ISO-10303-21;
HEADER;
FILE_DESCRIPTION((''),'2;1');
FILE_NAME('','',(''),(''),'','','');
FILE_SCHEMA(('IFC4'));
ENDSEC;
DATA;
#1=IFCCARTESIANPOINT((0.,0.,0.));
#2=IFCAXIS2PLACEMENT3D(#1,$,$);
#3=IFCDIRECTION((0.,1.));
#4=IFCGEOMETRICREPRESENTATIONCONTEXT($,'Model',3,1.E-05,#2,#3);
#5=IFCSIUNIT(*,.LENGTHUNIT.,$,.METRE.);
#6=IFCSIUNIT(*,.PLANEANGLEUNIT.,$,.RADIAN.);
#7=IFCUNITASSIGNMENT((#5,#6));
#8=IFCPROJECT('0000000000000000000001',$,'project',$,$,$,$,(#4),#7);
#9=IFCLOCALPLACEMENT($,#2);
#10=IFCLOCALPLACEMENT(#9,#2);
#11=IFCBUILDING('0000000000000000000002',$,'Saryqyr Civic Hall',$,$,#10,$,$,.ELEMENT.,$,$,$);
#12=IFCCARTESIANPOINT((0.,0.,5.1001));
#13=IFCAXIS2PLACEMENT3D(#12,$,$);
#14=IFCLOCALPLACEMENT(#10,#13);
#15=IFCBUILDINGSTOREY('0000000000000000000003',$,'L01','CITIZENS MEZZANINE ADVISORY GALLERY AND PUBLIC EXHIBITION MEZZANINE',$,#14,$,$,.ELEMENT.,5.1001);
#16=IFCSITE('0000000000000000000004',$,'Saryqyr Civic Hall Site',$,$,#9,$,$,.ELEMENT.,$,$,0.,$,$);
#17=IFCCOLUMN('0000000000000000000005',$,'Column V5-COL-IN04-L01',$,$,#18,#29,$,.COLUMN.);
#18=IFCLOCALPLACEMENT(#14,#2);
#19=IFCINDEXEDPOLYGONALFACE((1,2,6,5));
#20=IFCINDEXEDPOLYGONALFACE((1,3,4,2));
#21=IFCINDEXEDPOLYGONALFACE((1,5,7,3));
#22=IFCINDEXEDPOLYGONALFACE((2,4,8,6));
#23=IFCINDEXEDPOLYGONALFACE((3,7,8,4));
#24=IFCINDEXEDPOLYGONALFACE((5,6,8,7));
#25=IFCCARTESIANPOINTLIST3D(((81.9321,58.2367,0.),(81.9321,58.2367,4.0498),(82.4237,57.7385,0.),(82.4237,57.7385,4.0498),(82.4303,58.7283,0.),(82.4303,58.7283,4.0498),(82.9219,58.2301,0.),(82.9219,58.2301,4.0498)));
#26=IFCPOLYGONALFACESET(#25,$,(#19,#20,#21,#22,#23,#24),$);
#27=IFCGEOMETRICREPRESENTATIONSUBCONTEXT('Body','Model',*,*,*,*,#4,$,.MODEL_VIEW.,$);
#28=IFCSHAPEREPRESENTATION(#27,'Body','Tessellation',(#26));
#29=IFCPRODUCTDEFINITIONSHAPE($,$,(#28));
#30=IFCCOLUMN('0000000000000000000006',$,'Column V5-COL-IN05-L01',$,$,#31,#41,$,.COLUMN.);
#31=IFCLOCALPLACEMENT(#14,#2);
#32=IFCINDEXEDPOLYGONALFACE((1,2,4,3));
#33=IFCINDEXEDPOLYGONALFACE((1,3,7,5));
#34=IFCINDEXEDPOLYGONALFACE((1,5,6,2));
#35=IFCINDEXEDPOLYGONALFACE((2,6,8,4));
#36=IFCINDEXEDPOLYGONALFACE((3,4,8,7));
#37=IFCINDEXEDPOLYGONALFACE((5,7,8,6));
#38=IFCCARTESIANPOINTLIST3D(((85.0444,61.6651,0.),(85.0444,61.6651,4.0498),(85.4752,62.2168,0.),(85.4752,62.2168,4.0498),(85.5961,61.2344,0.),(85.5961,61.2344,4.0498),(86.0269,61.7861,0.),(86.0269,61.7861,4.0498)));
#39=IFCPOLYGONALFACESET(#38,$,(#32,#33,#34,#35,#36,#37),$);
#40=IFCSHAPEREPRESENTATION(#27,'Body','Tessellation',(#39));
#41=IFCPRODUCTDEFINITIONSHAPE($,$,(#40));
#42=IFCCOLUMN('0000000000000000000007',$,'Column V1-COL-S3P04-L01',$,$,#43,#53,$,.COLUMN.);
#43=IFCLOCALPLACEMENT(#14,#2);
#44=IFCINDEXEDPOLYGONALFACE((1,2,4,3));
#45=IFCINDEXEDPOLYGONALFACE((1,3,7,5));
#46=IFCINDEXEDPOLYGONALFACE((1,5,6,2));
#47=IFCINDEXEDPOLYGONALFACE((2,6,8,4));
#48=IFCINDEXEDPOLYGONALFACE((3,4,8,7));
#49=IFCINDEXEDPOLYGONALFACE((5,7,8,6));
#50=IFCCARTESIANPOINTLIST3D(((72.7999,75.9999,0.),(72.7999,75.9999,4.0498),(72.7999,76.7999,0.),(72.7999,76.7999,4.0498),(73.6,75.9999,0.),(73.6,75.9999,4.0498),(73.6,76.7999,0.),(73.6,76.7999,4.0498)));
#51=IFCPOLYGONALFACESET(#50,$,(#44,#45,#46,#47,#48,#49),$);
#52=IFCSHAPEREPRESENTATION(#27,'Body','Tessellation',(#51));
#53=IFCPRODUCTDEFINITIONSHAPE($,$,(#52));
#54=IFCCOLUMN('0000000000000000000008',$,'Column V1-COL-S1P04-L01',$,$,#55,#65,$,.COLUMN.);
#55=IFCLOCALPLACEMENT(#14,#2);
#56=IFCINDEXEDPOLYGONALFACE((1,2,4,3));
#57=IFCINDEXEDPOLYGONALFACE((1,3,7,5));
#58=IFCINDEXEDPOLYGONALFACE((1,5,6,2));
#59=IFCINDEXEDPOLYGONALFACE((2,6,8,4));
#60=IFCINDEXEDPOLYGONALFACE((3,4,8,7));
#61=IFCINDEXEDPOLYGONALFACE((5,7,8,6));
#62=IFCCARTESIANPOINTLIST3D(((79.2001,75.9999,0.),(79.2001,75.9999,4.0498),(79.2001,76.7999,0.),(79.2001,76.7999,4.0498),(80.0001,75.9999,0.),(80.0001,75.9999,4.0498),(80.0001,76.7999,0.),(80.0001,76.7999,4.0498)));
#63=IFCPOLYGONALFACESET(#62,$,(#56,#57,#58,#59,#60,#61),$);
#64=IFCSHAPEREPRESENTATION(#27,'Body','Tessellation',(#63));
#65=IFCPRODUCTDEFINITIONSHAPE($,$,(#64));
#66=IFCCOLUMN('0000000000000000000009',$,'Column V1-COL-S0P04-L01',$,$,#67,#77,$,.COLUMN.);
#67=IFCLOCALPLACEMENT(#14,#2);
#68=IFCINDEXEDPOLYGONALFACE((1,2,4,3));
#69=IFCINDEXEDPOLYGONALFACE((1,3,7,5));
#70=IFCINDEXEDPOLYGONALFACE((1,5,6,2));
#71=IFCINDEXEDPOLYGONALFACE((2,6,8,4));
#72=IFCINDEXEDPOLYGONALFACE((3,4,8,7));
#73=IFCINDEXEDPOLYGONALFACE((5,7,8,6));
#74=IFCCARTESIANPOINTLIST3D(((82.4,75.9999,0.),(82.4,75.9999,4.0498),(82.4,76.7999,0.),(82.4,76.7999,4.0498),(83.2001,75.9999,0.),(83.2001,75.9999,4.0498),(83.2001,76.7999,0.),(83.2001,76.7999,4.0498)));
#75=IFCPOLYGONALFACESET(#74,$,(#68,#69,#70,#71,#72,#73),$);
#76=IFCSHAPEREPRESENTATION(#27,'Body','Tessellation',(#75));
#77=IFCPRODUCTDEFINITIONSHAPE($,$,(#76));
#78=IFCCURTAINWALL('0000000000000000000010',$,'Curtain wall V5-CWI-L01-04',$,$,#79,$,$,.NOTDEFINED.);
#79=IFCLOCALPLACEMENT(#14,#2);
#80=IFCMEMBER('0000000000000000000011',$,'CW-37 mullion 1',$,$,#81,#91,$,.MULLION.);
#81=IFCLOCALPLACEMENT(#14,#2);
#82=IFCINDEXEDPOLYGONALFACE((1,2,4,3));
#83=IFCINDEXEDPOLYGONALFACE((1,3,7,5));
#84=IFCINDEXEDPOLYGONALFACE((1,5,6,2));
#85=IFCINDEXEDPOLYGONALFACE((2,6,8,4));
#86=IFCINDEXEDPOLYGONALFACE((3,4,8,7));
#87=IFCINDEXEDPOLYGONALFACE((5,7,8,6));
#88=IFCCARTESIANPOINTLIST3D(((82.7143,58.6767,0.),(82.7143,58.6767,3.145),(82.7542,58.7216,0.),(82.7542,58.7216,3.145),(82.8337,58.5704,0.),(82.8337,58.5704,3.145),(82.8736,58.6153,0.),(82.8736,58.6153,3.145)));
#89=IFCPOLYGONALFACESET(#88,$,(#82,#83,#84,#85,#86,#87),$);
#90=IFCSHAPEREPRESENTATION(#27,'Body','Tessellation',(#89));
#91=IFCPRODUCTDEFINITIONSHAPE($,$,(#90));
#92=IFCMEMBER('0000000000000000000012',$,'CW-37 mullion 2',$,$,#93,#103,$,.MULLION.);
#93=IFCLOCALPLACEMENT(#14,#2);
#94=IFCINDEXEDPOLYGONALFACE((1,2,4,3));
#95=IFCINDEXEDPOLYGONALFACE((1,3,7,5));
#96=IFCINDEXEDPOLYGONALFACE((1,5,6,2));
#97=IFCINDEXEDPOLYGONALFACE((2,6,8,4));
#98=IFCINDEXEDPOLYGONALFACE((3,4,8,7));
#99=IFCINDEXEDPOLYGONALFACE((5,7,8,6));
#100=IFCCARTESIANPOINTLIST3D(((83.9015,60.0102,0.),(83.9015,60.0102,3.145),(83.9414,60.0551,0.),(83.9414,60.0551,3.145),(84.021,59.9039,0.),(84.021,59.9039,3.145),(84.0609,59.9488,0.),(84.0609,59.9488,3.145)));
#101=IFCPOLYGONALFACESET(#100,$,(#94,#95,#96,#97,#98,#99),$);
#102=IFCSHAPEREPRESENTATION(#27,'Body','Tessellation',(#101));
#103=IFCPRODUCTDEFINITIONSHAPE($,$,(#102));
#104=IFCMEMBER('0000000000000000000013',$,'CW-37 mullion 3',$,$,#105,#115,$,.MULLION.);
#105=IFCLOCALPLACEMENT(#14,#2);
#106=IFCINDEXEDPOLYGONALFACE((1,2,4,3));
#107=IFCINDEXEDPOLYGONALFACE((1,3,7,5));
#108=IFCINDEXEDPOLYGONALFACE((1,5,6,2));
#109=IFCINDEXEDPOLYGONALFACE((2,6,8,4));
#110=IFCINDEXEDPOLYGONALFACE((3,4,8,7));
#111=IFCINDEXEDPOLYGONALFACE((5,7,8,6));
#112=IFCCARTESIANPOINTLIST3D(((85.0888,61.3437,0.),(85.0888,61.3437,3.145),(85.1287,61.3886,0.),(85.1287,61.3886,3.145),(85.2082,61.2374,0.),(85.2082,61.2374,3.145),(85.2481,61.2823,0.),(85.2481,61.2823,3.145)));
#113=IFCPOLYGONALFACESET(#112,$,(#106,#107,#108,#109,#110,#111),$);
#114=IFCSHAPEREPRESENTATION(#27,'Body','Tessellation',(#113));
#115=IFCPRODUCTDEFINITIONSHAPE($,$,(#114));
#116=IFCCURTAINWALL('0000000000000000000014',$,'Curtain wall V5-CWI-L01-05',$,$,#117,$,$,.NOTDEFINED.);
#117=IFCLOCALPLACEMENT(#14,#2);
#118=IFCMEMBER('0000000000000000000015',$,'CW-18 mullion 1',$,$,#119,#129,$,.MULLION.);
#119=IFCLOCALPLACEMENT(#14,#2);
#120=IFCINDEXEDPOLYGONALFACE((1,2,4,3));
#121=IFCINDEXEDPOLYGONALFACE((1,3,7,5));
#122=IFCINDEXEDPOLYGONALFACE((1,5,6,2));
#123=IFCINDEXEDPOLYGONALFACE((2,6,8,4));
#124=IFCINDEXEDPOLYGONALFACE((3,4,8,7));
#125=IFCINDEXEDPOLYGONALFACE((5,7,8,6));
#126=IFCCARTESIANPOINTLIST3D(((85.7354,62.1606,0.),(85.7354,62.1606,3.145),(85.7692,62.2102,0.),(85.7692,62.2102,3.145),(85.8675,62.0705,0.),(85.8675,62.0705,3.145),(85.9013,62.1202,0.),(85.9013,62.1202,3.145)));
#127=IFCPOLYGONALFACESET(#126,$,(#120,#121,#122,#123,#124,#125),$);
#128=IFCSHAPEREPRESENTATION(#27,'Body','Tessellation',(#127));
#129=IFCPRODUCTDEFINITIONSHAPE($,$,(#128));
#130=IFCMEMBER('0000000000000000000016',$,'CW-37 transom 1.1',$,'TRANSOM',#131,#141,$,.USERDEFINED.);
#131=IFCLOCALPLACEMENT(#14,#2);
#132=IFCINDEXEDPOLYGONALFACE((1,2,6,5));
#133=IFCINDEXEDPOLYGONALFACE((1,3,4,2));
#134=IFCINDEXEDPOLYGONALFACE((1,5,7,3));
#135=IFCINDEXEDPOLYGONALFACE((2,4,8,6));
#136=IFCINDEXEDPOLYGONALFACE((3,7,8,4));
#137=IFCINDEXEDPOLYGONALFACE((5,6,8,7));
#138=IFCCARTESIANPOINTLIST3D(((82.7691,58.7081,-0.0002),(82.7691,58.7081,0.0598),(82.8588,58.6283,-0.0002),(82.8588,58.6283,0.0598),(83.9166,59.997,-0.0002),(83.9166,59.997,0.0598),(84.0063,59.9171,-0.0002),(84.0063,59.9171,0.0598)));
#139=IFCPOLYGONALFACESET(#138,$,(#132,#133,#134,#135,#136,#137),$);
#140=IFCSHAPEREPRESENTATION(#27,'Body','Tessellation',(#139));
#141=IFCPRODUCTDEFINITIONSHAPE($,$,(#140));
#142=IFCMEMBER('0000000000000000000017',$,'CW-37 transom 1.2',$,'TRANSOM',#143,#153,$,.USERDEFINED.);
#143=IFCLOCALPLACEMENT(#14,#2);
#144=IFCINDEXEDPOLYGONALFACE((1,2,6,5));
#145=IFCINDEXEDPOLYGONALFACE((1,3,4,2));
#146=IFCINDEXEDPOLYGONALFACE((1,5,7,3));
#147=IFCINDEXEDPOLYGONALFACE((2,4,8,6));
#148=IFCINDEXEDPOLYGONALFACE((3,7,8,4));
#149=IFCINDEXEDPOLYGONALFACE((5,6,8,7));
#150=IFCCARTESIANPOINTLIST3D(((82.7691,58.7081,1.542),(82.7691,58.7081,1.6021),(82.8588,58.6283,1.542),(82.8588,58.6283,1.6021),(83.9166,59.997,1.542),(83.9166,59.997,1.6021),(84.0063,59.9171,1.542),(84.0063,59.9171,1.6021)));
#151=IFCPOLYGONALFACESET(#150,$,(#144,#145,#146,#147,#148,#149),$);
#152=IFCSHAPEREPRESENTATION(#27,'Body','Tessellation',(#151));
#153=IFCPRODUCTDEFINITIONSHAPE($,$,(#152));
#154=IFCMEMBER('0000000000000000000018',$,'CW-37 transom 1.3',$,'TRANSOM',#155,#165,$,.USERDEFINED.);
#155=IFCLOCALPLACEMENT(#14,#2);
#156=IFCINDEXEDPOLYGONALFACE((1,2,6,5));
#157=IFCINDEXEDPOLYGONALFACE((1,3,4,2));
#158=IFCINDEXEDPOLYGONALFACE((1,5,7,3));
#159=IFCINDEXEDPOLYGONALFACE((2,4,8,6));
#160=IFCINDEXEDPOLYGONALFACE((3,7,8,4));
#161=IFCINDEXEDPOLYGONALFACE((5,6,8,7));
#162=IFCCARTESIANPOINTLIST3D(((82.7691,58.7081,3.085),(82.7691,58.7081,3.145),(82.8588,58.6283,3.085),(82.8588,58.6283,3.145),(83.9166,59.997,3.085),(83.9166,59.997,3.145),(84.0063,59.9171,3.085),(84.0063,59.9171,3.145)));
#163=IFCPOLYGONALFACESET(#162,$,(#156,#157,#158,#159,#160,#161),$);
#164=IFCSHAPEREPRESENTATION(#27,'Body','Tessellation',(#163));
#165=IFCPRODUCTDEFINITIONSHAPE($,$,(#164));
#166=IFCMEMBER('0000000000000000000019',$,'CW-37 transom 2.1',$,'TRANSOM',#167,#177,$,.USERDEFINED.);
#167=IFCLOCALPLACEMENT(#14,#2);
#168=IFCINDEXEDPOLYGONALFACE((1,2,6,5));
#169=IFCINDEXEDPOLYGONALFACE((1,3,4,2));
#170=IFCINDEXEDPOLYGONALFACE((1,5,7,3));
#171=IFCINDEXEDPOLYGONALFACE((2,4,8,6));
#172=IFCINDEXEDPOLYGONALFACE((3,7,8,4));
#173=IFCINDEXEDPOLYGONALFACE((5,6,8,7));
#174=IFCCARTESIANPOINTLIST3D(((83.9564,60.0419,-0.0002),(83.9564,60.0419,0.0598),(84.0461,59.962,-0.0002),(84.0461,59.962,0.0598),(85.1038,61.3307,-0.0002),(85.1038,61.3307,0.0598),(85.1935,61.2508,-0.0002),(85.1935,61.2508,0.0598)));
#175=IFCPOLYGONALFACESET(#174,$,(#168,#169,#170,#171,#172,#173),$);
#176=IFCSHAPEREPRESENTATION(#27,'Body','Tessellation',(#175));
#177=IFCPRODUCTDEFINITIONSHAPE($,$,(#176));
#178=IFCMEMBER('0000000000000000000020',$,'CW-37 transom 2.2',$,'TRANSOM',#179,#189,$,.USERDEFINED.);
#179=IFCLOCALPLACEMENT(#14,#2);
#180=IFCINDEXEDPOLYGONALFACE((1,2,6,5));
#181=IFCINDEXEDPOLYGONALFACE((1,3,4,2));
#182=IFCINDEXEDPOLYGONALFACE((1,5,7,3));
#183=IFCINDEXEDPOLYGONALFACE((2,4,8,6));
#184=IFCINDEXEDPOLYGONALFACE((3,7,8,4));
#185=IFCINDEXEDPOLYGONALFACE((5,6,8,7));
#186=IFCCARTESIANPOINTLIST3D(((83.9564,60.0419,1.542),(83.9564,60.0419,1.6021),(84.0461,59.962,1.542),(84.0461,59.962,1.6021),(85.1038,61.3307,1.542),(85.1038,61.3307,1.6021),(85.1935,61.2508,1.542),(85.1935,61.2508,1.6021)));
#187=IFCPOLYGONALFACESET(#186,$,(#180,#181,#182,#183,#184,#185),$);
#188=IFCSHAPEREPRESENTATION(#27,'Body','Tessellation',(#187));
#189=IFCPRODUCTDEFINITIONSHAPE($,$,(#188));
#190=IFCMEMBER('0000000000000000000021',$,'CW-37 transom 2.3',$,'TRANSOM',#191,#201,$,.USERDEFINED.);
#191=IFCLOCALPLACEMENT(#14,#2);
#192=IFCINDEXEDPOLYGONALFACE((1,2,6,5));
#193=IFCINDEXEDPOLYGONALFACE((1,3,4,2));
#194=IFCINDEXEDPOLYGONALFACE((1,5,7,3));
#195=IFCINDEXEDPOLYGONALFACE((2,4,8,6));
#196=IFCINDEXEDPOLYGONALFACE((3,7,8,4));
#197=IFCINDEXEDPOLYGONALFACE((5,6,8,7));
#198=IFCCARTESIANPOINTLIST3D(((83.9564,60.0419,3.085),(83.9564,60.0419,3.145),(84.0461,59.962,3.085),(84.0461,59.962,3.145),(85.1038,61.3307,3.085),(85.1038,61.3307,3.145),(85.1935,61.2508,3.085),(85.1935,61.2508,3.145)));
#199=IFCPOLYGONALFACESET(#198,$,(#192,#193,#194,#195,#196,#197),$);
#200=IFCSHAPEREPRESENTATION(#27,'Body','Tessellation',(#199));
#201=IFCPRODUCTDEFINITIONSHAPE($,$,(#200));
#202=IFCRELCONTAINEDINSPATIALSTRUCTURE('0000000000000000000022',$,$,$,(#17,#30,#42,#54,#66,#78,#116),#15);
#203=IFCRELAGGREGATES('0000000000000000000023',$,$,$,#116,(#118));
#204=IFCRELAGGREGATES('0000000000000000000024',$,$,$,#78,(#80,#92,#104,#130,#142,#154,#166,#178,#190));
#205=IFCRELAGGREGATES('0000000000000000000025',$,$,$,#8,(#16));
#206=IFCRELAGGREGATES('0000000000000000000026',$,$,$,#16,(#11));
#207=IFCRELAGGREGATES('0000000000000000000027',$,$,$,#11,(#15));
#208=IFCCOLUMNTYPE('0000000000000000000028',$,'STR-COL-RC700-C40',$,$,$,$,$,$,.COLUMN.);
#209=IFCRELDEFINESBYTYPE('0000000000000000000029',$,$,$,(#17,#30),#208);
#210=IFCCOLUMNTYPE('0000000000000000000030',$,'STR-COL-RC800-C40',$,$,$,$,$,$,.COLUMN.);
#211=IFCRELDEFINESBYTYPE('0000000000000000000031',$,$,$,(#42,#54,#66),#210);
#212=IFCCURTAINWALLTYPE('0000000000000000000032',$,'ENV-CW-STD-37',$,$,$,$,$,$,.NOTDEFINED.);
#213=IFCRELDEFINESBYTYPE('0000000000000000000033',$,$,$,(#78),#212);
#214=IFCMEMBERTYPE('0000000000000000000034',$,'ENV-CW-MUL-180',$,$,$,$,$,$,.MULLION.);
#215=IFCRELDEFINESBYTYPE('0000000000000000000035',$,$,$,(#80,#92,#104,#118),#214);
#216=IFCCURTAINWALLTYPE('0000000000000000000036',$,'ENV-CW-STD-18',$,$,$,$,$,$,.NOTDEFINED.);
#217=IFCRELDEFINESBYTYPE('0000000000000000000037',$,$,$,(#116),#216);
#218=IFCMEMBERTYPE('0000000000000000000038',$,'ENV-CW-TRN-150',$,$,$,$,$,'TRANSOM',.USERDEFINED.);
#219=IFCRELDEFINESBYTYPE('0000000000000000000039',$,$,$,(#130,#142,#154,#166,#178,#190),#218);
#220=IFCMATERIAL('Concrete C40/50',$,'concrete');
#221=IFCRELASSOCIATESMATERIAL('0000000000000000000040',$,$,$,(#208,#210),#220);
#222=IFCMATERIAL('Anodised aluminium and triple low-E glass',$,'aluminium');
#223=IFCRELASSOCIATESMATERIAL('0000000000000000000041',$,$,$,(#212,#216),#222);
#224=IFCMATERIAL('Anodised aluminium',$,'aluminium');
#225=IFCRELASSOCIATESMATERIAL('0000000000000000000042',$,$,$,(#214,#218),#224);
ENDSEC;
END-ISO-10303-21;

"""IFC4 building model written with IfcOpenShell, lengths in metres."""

from ifc_helpers import new_model, si_unit, direction, frame, origin, origin_2d, place, context, subcontext, project, spatial, rectangle, extrude, material, material_profile, profile_set, type_object, element, aggregate, save


model = new_model("IFC4")

# Units and contexts
model_context = context("Model", 3, precision=1e-05, world=origin(), true_north=direction((0.0, 1.0)))
body_context = subcontext(model_context, "Body", "Model", "MODEL_VIEW")
ifc_project = project(units=[si_unit("LENGTHUNIT", "METRE"), si_unit("PLANEANGLEUNIT", "RADIAN")], contexts=[model_context])

# Site, building, storey
site_placement = place(None, origin())
site = spatial("IfcSite", under=ifc_project, at=site_placement, Name="Saryqyr Civic Hall Site", CompositionType="ELEMENT", RefElevation=0.0)
building_placement = place(site_placement, origin())
building = spatial("IfcBuilding", under=site, at=building_placement, Name="Saryqyr Civic Hall", CompositionType="ELEMENT")
storey_placement = place(building_placement, frame((0.0, 0.0, 5.1001)))
storey = spatial("IfcBuildingStorey", under=building, at=storey_placement, Name="L01", Description="CITIZENS MEZZANINE ADVISORY GALLERY AND PUBLIC EXHIBITION MEZZANINE", CompositionType="ELEMENT", Elevation=5.1001)

# Columns
ifc_material_1 = material(Name="Concrete C40/50", Category="concrete")
ifc_material_profile_1 = material_profile(ifc_material_1, rectangle(XDim=0.7, YDim=0.7, at=origin_2d()), Name="RC 700x700")
ifc_profile_set_1 = profile_set([ifc_material_profile_1], Name="Concrete C40/50")
column_type_1 = type_object("IfcColumnType", Name="STR-COL-RC700-C40", PredefinedType="COLUMN", material=ifc_profile_set_1)
for number, where, z_axis, x_axis, name in (
    (1, (82.427, 58.2334, 0.0), (0.0, 0.0, 1.0), (0.702402, -0.711781, 0.0), "Column V5-COL-IN04-L01"),
    (2, (85.5356, 61.7256, 0.0), (0.0, 0.0, 1.0), (0.788226, -0.615386, 0.0), "Column V5-COL-IN05-L01"),
):
    element("IfcColumn", number, at=place(storey_placement, frame(where, z_axis=z_axis, x_axis=x_axis)), inside=storey, type_object=column_type_1, Name=name, PredefinedType="COLUMN", context=body_context, shape_type="SweptSolid", body=[
        extrude(rectangle(XDim=0.7, YDim=0.7, at=origin_2d()), origin(), (0.0, 0.0, 1.0), 4.0498),
    ])
ifc_material_profile_2 = material_profile(ifc_material_1, rectangle(XDim=0.8, YDim=0.8, at=origin_2d()), Name="RC 800x800")
ifc_profile_set_2 = profile_set([ifc_material_profile_2], Name="Concrete C40/50")
column_type_2 = type_object("IfcColumnType", Name="STR-COL-RC800-C40", PredefinedType="COLUMN", material=ifc_profile_set_2)
for number, where, z_axis, x_axis, name in (
    (3, (73.2, 76.3999, 0.0), (0.0, 0.0, 1.0), (1.0, 0.0, 0.0), "Column V1-COL-S3P04-L01"),
    (4, (79.6001, 76.3999, 0.0), (0.0, 0.0, 1.0), (1.0, 0.0, 0.0), "Column V1-COL-S1P04-L01"),
    (5, (82.8, 76.3999, 0.0), (0.0, 0.0, 1.0), (1.0, 0.0, 0.0), "Column V1-COL-S0P04-L01"),
):
    element("IfcColumn", number, at=place(storey_placement, frame(where, z_axis=z_axis, x_axis=x_axis)), inside=storey, type_object=column_type_2, Name=name, PredefinedType="COLUMN", context=body_context, shape_type="SweptSolid", body=[
        extrude(rectangle(XDim=0.8, YDim=0.8, at=origin_2d()), origin(), (0.0, 0.0, 1.0), 4.0498),
    ])

# Curtain wall, members
ifc_material_2 = material(Name="Anodised aluminium and triple low-E glass", Category="aluminium")
curtain_wall_type_1 = type_object("IfcCurtainWallType", Name="ENV-CW-STD-37", PredefinedType="NOTDEFINED", material=ifc_material_2)
curtain_wall_1_placement = place(storey_placement, origin())
curtain_wall_1 = element("IfcCurtainWall", 6, at=curtain_wall_1_placement, inside=storey, type_object=curtain_wall_type_1, Name="Curtain wall V5-CWI-L01-04", PredefinedType="NOTDEFINED")
ifc_material_3 = material(Name="Anodised aluminium", Category="aluminium")
ifc_material_profile_3 = material_profile(ifc_material_3, rectangle(XDim=0.0601, YDim=0.1599, at=origin_2d()), Name="ALU MULLION 60x160")
ifc_profile_set_3 = profile_set([ifc_material_profile_3], Name="Anodised aluminium")
member_type_1 = type_object("IfcMemberType", Name="ENV-CW-MUL-180", PredefinedType="MULLION", material=ifc_profile_set_3)
member_1_placement = place(storey_placement, frame((82.7939, 58.646, 0.0), z_axis=(0.0, 0.0, 1.0), x_axis=(0.664938, 0.746899, 0.0)))
member_1 = element("IfcMember", 7, at=member_1_placement, type_object=member_type_1, Name="CW-37 mullion 1", PredefinedType="MULLION", context=body_context, shape_type="SweptSolid", body=[
    extrude(rectangle(XDim=0.0601, YDim=0.1599, at=origin_2d()), origin(), (0.0, 0.0, 1.0), 3.145),
])
member_2_placement = place(storey_placement, frame((83.9812, 59.9795, 0.0), z_axis=(0.0, 0.0, 1.0), x_axis=(0.664938, 0.746899, 0.0)))
member_2 = element("IfcMember", 8, at=member_2_placement, type_object=member_type_1, Name="CW-37 mullion 2", PredefinedType="MULLION", context=body_context, shape_type="SweptSolid", body=[
    extrude(rectangle(XDim=0.0601, YDim=0.1599, at=origin_2d()), origin(), (0.0, 0.0, 1.0), 3.145),
])
member_3_placement = place(storey_placement, frame((85.1685, 61.313, 0.0), z_axis=(0.0, 0.0, 1.0), x_axis=(0.664938, 0.746899, 0.0)))
member_3 = element("IfcMember", 9, at=member_3_placement, type_object=member_type_1, Name="CW-37 mullion 3", PredefinedType="MULLION", context=body_context, shape_type="SweptSolid", body=[
    extrude(rectangle(XDim=0.0601, YDim=0.1599, at=origin_2d()), origin(), (0.0, 0.0, 1.0), 3.145),
])

# Curtain wall, member
curtain_wall_type_2 = type_object("IfcCurtainWallType", Name="ENV-CW-STD-18", PredefinedType="NOTDEFINED", material=ifc_material_2)
curtain_wall_2_placement = place(storey_placement, origin())
curtain_wall_2 = element("IfcCurtainWall", 10, at=curtain_wall_2_placement, inside=storey, type_object=curtain_wall_type_2, Name="Curtain wall V5-CWI-L01-05", PredefinedType="NOTDEFINED")
member_4_placement = place(storey_placement, frame((85.8184, 62.1404, 0.0), z_axis=(0.0, 0.0, 1.0), x_axis=(0.56312, 0.826375, 0.0)))
member_4 = element("IfcMember", 11, at=member_4_placement, type_object=member_type_1, Name="CW-18 mullion 1", PredefinedType="MULLION", context=body_context, shape_type="SweptSolid", body=[
    extrude(rectangle(XDim=0.0601, YDim=0.1599, at=origin_2d()), origin(), (0.0, 0.0, 1.0), 3.145),
])

# Members
ifc_material_profile_4 = material_profile(ifc_material_3, rectangle(XDim=0.1201, YDim=0.0601, at=origin_2d()), Name="ALU TRANSOM 120x60")
ifc_profile_set_4 = profile_set([ifc_material_profile_4], Name="Anodised aluminium")
member_type_2 = type_object("IfcMemberType", Name="ENV-CW-TRN-150", ElementType="TRANSOM", PredefinedType="USERDEFINED", material=ifc_profile_set_4)
member_5_placement = place(storey_placement, frame((82.814, 58.6682, 0.0298), z_axis=(0.664961, 0.746878, 0.0), x_axis=(-0.746878, 0.664961, 0.0)))
member_5 = element("IfcMember", 12, at=member_5_placement, type_object=member_type_2, Name="CW-37 transom 1.1", ObjectType="TRANSOM", PredefinedType="USERDEFINED", context=body_context, shape_type="SweptSolid", body=[
    extrude(rectangle(XDim=0.1201, YDim=0.0601, at=origin_2d()), origin(), (0.0, 0.0, 1.0), 1.7256),
])
member_6_placement = place(storey_placement, frame((82.814, 58.6682, 1.572), z_axis=(0.664961, 0.746878, 0.0), x_axis=(-0.746878, 0.664961, 0.0)))
member_6 = element("IfcMember", 13, at=member_6_placement, type_object=member_type_2, Name="CW-37 transom 1.2", ObjectType="TRANSOM", PredefinedType="USERDEFINED", context=body_context, shape_type="SweptSolid", body=[
    extrude(rectangle(XDim=0.1201, YDim=0.0601, at=origin_2d()), origin(), (0.0, 0.0, 1.0), 1.7256),
])
member_7_placement = place(storey_placement, frame((82.814, 58.6682, 3.115), z_axis=(0.664961, 0.746878, 0.0), x_axis=(-0.746878, 0.664961, 0.0)))
member_7 = element("IfcMember", 14, at=member_7_placement, type_object=member_type_2, Name="CW-37 transom 1.3", ObjectType="TRANSOM", PredefinedType="USERDEFINED", context=body_context, shape_type="SweptSolid", body=[
    extrude(rectangle(XDim=0.1201, YDim=0.0601, at=origin_2d()), origin(), (0.0, 0.0, 1.0), 1.7256),
])
member_8_placement = place(storey_placement, frame((84.0012, 60.002, 0.0298), z_axis=(0.664961, 0.746878, 0.0), x_axis=(-0.746878, 0.664961, 0.0)))
member_8 = element("IfcMember", 15, at=member_8_placement, type_object=member_type_2, Name="CW-37 transom 2.1", ObjectType="TRANSOM", PredefinedType="USERDEFINED", context=body_context, shape_type="SweptSolid", body=[
    extrude(rectangle(XDim=0.1201, YDim=0.0601, at=origin_2d()), origin(), (0.0, 0.0, 1.0), 1.7256),
])
member_9_placement = place(storey_placement, frame((84.0012, 60.002, 1.572), z_axis=(0.664961, 0.746878, 0.0), x_axis=(-0.746878, 0.664961, 0.0)))
member_9 = element("IfcMember", 16, at=member_9_placement, type_object=member_type_2, Name="CW-37 transom 2.2", ObjectType="TRANSOM", PredefinedType="USERDEFINED", context=body_context, shape_type="SweptSolid", body=[
    extrude(rectangle(XDim=0.1201, YDim=0.0601, at=origin_2d()), origin(), (0.0, 0.0, 1.0), 1.7256),
])
member_10_placement = place(storey_placement, frame((84.0012, 60.002, 3.115), z_axis=(0.664961, 0.746878, 0.0), x_axis=(-0.746878, 0.664961, 0.0)))
member_10 = element("IfcMember", 17, at=member_10_placement, type_object=member_type_2, Name="CW-37 transom 2.3", ObjectType="TRANSOM", PredefinedType="USERDEFINED", context=body_context, shape_type="SweptSolid", body=[
    extrude(rectangle(XDim=0.1201, YDim=0.0601, at=origin_2d()), origin(), (0.0, 0.0, 1.0), 1.7256),
])
aggregate(curtain_wall_2, [member_4])

aggregate(curtain_wall_1, [member_1, member_2, member_3, member_5, member_6, member_7, member_8, member_9, member_10])

save(model, "model.ifc")
